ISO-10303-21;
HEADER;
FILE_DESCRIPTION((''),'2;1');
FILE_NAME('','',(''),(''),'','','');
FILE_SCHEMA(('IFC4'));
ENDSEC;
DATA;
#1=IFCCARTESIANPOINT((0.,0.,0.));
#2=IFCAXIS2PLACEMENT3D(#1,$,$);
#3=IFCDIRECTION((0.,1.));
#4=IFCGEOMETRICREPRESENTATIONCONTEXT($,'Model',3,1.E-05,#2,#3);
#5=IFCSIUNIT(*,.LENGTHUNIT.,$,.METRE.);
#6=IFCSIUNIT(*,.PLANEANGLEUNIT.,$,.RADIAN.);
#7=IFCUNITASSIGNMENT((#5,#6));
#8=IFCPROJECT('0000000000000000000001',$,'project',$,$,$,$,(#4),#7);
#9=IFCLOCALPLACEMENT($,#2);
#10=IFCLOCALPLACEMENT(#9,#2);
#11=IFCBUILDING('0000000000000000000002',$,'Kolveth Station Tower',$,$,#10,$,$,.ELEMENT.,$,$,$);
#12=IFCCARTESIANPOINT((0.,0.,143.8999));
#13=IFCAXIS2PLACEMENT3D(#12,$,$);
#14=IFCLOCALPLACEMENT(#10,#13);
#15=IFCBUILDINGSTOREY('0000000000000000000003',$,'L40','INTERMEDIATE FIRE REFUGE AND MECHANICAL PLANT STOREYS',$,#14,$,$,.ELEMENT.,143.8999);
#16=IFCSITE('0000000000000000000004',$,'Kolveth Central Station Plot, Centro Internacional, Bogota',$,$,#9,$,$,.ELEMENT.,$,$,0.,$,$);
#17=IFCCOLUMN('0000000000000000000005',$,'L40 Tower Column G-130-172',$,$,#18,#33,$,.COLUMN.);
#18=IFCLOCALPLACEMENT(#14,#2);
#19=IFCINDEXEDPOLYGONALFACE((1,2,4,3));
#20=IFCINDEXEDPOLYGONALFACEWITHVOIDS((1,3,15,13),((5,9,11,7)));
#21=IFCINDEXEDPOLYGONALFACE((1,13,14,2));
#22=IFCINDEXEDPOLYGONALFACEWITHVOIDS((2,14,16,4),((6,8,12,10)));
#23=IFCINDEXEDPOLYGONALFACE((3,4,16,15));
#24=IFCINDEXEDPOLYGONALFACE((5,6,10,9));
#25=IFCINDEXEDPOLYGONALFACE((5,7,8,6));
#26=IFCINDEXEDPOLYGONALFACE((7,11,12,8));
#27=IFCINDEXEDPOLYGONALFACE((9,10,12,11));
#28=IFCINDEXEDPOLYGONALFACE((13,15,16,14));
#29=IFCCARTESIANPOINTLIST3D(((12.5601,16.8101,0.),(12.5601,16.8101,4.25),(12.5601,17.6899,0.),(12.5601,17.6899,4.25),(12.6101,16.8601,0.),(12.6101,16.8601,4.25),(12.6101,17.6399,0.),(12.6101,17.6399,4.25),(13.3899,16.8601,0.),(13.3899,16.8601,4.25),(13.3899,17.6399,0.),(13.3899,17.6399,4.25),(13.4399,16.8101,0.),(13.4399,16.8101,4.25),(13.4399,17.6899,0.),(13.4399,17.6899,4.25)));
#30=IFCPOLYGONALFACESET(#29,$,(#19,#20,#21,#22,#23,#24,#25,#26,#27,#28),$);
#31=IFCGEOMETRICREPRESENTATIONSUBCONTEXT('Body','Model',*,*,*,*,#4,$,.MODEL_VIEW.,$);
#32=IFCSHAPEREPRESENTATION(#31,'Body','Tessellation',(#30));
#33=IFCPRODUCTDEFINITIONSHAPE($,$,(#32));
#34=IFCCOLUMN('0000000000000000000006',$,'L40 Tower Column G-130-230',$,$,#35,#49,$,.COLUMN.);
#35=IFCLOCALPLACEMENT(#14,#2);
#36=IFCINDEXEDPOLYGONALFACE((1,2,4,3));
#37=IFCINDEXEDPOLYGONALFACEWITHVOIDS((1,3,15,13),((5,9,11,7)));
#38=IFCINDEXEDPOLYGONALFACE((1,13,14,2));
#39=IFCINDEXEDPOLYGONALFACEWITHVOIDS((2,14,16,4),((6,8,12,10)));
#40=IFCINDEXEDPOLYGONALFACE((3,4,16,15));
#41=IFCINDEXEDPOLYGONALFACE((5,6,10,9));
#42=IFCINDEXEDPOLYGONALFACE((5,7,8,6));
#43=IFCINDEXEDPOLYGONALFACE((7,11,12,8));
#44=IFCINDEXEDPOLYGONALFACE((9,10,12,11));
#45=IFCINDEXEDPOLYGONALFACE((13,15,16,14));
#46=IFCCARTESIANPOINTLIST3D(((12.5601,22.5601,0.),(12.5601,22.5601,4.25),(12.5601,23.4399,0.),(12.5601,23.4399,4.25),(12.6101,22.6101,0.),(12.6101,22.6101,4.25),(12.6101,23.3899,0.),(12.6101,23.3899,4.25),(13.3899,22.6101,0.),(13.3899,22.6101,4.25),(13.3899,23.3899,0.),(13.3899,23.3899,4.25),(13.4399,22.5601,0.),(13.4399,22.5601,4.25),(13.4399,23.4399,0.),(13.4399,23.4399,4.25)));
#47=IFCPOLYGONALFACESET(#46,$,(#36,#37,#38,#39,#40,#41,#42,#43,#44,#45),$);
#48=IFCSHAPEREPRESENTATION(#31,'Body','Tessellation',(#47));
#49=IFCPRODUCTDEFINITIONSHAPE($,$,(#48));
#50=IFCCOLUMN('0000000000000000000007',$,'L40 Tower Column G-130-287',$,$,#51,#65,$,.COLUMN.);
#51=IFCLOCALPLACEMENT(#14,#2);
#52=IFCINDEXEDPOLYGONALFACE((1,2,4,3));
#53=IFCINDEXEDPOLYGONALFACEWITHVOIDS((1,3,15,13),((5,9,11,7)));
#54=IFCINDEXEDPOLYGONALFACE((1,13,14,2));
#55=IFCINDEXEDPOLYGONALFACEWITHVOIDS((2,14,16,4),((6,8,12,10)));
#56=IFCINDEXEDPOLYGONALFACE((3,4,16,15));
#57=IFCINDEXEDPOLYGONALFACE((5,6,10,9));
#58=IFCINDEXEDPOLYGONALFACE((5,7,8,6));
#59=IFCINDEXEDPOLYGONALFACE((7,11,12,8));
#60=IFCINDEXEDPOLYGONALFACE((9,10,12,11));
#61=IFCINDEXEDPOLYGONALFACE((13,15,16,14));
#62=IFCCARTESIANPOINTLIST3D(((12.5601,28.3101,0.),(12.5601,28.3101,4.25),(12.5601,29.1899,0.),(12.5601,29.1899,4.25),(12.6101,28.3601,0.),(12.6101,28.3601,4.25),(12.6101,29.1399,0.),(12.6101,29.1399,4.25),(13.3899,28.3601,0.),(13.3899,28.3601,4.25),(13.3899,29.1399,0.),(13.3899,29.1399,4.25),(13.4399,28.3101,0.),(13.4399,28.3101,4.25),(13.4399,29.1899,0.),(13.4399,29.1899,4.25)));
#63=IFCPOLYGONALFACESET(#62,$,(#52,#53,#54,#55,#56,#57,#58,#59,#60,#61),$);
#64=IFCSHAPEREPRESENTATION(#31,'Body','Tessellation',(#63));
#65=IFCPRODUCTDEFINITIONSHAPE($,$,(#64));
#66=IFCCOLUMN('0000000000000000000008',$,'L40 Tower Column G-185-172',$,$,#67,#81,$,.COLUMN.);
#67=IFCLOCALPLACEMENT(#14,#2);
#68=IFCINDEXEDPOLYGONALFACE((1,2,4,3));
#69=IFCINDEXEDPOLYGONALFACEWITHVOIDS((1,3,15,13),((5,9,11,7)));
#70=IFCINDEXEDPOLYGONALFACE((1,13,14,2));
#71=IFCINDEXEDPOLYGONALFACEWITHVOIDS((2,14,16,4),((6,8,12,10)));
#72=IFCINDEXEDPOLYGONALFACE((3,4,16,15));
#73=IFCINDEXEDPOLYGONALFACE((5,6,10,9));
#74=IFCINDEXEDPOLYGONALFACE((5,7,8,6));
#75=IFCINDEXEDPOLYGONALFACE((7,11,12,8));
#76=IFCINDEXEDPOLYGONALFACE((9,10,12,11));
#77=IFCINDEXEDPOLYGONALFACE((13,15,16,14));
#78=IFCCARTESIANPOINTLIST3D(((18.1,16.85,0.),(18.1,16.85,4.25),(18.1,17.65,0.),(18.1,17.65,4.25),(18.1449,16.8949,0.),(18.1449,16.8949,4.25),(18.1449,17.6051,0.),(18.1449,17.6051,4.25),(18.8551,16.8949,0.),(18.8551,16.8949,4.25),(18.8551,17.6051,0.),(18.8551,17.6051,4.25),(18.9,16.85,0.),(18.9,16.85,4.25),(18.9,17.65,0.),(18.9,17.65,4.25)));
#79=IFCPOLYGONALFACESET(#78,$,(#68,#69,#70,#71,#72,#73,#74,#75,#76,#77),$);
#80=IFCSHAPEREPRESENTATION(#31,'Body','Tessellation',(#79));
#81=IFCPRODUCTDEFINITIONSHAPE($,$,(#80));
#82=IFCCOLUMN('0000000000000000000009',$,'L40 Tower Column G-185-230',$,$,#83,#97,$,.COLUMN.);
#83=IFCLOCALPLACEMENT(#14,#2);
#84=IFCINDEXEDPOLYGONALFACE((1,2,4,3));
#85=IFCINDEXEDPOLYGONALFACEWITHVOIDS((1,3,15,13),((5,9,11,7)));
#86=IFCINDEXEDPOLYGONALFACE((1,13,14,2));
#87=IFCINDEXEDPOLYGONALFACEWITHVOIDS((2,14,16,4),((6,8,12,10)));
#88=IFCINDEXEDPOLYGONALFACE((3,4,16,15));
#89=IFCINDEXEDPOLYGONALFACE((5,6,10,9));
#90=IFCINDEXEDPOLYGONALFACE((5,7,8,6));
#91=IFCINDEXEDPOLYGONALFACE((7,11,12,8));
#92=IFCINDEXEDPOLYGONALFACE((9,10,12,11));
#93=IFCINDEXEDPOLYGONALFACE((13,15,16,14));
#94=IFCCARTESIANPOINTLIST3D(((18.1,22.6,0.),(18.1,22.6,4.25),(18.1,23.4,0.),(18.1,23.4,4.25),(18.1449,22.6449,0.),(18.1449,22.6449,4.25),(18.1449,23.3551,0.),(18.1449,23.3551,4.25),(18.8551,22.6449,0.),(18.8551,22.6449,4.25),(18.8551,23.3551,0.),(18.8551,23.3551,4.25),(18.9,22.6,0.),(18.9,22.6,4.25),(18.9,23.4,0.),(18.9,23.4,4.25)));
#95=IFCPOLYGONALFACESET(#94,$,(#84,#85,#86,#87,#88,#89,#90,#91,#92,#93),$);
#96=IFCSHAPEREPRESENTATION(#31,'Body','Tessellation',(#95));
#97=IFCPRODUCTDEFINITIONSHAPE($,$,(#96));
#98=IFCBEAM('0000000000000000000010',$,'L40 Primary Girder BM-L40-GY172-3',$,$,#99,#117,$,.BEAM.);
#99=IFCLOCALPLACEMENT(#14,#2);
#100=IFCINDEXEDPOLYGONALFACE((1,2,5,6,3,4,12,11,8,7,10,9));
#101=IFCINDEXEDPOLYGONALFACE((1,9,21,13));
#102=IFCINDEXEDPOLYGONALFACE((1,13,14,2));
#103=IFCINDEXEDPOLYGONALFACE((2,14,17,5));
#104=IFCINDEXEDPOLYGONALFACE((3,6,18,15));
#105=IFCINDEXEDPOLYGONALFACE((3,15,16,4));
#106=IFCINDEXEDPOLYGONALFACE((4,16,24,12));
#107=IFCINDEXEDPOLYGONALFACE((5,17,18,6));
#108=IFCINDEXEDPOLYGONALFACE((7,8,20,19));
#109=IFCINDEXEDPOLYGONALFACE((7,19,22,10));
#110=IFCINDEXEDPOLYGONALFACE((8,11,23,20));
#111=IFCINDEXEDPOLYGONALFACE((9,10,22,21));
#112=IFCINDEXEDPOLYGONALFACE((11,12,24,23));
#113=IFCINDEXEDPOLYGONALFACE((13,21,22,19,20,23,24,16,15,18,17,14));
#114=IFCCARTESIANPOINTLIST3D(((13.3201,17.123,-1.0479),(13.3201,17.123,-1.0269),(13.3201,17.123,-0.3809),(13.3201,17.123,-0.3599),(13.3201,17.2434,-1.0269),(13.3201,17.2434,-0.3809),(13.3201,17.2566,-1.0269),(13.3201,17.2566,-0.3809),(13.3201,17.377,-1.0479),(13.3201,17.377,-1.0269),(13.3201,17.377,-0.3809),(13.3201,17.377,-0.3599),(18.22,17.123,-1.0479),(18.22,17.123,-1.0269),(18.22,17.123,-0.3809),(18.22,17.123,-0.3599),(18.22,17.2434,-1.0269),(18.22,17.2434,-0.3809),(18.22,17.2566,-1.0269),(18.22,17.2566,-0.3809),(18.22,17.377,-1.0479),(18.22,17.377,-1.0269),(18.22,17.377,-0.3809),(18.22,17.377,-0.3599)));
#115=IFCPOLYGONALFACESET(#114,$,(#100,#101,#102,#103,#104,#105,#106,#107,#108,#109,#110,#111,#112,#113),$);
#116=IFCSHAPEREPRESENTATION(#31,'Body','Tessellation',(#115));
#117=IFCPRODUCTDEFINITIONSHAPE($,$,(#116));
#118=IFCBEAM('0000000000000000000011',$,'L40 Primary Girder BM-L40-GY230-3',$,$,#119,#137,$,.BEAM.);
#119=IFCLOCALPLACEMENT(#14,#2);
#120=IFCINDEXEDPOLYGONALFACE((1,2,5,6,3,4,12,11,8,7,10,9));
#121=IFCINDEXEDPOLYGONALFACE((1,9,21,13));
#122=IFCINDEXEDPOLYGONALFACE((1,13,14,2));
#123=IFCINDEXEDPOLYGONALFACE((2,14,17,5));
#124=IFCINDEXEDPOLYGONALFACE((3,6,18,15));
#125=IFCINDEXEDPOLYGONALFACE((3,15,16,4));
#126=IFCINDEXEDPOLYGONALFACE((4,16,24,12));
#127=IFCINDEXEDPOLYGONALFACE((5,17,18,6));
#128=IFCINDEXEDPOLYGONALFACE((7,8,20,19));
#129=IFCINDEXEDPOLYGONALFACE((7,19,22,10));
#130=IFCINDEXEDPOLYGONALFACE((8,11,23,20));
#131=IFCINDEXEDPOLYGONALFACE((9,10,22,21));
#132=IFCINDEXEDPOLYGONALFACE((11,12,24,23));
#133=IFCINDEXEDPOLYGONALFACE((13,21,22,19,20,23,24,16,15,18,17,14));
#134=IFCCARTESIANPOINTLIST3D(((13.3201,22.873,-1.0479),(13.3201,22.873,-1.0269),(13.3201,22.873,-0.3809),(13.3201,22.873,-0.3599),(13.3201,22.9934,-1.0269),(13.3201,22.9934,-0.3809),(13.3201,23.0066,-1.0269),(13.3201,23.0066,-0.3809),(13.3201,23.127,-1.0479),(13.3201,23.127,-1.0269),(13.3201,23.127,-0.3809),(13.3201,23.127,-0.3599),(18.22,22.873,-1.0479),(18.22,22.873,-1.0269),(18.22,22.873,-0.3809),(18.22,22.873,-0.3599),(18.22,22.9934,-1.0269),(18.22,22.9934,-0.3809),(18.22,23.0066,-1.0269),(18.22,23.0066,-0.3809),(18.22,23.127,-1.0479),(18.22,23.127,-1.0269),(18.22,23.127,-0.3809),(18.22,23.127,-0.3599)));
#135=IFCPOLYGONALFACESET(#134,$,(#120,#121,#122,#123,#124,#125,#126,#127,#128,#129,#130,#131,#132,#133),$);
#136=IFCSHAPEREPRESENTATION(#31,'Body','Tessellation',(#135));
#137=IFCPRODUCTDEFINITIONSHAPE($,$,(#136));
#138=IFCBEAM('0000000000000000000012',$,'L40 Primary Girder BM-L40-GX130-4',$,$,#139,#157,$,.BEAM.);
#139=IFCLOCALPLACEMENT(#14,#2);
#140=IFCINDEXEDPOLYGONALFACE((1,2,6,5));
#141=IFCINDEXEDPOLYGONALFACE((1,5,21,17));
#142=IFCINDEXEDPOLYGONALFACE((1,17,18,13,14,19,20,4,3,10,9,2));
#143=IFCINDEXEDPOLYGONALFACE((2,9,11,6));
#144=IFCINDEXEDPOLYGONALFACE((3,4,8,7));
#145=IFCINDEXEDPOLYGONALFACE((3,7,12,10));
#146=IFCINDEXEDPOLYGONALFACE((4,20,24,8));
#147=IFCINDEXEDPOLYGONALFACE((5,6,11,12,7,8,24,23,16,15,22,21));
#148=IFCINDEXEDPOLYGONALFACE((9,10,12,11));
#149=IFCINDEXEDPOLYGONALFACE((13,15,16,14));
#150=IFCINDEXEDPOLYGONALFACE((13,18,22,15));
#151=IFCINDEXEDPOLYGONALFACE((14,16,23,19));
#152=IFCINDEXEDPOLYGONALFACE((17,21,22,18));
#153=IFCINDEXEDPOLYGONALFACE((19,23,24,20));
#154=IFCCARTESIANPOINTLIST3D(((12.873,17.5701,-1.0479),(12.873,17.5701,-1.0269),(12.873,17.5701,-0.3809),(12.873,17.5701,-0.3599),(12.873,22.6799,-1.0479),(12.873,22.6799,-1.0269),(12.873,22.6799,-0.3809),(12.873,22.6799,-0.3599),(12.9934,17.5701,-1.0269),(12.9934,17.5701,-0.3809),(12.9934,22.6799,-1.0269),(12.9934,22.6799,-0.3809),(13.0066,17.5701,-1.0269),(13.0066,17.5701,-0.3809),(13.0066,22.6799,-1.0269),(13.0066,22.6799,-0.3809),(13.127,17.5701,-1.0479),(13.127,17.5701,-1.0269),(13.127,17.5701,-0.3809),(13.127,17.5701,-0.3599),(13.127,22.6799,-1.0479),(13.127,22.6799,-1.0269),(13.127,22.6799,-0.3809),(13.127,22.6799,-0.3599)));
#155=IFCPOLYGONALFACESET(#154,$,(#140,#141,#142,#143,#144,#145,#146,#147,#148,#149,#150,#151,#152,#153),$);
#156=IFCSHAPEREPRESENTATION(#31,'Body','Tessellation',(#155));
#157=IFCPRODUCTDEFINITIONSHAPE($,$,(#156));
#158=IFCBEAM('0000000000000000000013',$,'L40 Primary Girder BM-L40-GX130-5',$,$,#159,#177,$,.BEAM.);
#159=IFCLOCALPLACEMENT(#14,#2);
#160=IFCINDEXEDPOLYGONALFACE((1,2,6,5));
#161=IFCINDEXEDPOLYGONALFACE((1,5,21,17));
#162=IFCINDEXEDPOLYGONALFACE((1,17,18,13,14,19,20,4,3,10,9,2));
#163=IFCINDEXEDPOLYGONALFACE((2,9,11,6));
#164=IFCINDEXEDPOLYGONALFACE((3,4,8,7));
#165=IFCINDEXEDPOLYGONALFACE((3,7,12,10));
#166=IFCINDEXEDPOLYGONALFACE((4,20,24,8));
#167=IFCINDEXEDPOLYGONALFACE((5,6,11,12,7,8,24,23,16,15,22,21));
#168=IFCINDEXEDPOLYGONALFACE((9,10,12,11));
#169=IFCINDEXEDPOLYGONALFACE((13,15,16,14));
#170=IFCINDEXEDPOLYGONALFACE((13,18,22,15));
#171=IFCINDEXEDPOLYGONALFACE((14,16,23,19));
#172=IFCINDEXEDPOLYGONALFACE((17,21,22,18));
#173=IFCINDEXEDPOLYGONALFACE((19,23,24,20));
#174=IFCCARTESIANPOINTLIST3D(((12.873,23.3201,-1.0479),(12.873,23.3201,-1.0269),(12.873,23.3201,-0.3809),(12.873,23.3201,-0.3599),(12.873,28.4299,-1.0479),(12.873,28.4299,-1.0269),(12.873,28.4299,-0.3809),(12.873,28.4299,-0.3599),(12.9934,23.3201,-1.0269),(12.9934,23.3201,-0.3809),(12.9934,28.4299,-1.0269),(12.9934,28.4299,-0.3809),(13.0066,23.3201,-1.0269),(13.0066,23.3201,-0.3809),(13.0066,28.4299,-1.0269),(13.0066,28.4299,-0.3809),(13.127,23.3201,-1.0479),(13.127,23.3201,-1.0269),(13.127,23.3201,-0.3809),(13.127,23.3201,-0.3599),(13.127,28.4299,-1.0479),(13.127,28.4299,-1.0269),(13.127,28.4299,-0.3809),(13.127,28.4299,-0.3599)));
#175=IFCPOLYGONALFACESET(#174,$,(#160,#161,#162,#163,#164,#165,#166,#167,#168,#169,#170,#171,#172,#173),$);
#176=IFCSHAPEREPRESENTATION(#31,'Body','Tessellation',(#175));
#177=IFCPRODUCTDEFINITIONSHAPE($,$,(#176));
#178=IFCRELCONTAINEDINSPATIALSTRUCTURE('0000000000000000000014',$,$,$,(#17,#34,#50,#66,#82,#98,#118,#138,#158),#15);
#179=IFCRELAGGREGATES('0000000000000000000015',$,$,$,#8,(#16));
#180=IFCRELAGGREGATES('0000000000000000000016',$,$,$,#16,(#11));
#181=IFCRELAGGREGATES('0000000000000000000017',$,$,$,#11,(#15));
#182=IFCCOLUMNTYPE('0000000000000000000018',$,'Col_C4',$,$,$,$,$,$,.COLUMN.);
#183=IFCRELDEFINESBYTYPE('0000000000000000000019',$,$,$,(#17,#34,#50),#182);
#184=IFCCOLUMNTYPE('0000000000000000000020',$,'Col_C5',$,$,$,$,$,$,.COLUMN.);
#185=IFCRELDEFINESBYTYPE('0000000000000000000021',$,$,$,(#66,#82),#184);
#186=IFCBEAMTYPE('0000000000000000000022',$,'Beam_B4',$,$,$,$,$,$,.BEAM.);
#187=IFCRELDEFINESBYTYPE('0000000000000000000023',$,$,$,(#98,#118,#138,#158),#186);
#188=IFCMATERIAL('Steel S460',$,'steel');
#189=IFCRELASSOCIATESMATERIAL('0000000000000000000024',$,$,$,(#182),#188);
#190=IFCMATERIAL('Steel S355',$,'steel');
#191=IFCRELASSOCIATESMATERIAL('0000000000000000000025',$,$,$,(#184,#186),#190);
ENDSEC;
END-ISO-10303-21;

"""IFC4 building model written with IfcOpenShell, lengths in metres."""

from ifc_helpers import new_model, si_unit, direction, frame, origin, origin_2d, place, context, subcontext, project, spatial, hollow_rectangle, i_section, extrude, source, transform, mapped, material, material_profile, profile_set, type_object, element, save


model = new_model("IFC4")

# Units and contexts
model_context = context("Model", 3, precision=1e-05, world=origin(), true_north=direction((0.0, 1.0)))
body_context = subcontext(model_context, "Body", "Model", "MODEL_VIEW")
ifc_project = project(units=[si_unit("LENGTHUNIT", "METRE"), si_unit("PLANEANGLEUNIT", "RADIAN")], contexts=[model_context])

# Site, building, storey
site_placement = place(None, origin())
site = spatial("IfcSite", under=ifc_project, at=site_placement, Name="Kolveth Central Station Plot, Centro Internacional, Bogota", CompositionType="ELEMENT", RefElevation=0.0)
building_placement = place(site_placement, origin())
building = spatial("IfcBuilding", under=site, at=building_placement, Name="Kolveth Station Tower", CompositionType="ELEMENT")
storey_placement = place(building_placement, frame((0.0, 0.0, 143.8999)))
storey = spatial("IfcBuildingStorey", under=building, at=storey_placement, Name="L40", Description="INTERMEDIATE FIRE REFUGE AND MECHANICAL PLANT STOREYS", CompositionType="ELEMENT", Elevation=143.8999)

# Columns
ifc_material_1 = material(Name="Steel S460", Category="steel")
ifc_material_profile_1 = material_profile(ifc_material_1, hollow_rectangle(XDim=0.8799, YDim=0.8799, WallThickness=0.05, at=origin_2d()), Name="BOX880x880x50")
ifc_profile_set_1 = profile_set([ifc_material_profile_1], Name="Steel S460")
column_type_1 = type_object("IfcColumnType", Name="Col_C4", PredefinedType="COLUMN", material=ifc_profile_set_1)
shared_shape_1 = source(origin(), body_context, "Body", "SweptSolid", [
    extrude(hollow_rectangle(XDim=0.8799, YDim=0.8799, WallThickness=0.05, at=origin_2d()), origin(), (0.0, 0.0, 1.0), 4.25),
])
for number, where, z_axis, x_axis, name in (
    (1, (13.0, 17.25, 0.0), (0.0, 0.0, 1.0), (1.0, 0.0, 0.0), "L40 Tower Column G-130-172"),
    (2, (13.0, 23.0, 0.0), (0.0, 0.0, 1.0), (1.0, 0.0, 0.0), "L40 Tower Column G-130-230"),
    (3, (13.0, 28.75, 0.0), (0.0, 0.0, 1.0), (1.0, 0.0, 0.0), "L40 Tower Column G-130-287"),
):
    element("IfcColumn", number, at=place(storey_placement, frame(where, z_axis=z_axis, x_axis=x_axis)), inside=storey, type_object=column_type_1, Name=name, PredefinedType="COLUMN", context=body_context, shape_type="MappedRepresentation", body=[
        mapped(shared_shape_1, transform((0.0, 0.0, 0.0), x_axis=(1.0, 0.0, 0.0), y_axis=(0.0, 1.0, 0.0), z_axis=(0.0, 0.0, 1.0), scale=1.0)),
    ])
ifc_material_2 = material(Name="Steel S355", Category="steel")
ifc_material_profile_2 = material_profile(ifc_material_2, hollow_rectangle(XDim=0.8, YDim=0.8, WallThickness=0.0449, at=origin_2d()), Name="BOX800x800x45")
ifc_profile_set_2 = profile_set([ifc_material_profile_2], Name="Steel S355")
column_type_2 = type_object("IfcColumnType", Name="Col_C5", PredefinedType="COLUMN", material=ifc_profile_set_2)
shared_shape_2 = source(origin(), body_context, "Body", "SweptSolid", [
    extrude(hollow_rectangle(XDim=0.8, YDim=0.8, WallThickness=0.0449, at=origin_2d()), origin(), (0.0, 0.0, 1.0), 4.25),
])
for number, where, z_axis, x_axis, name in (
    (4, (18.5, 17.25, 0.0), (0.0, 0.0, 1.0), (1.0, 0.0, 0.0), "L40 Tower Column G-185-172"),
    (5, (18.5, 23.0, 0.0), (0.0, 0.0, 1.0), (1.0, 0.0, 0.0), "L40 Tower Column G-185-230"),
):
    element("IfcColumn", number, at=place(storey_placement, frame(where, z_axis=z_axis, x_axis=x_axis)), inside=storey, type_object=column_type_2, Name=name, PredefinedType="COLUMN", context=body_context, shape_type="MappedRepresentation", body=[
        mapped(shared_shape_2, transform((0.0, 0.0, 0.0), x_axis=(1.0, 0.0, 0.0), y_axis=(0.0, 1.0, 0.0), z_axis=(0.0, 0.0, 1.0), scale=1.0)),
    ])

# Beams
ifc_material_profile_3 = material_profile(ifc_material_2, i_section(OverallWidth=0.2539, OverallDepth=0.688, WebThickness=0.0132, FlangeThickness=0.021, at=origin_2d()), Name="W690x152")
ifc_profile_set_3 = profile_set([ifc_material_profile_3], Name="Steel S355")
beam_type_1 = type_object("IfcBeamType", Name="Beam_B4", PredefinedType="BEAM", material=ifc_profile_set_3)
shared_shape_3 = source(origin(), body_context, "Body", "SweptSolid", [
    extrude(i_section(OverallWidth=0.2539, OverallDepth=0.688, WebThickness=0.0132, FlangeThickness=0.021, at=origin_2d()), origin(), (0.0, 0.0, 1.0), 4.8999),
])
for number, where, z_axis, x_axis, name in (
    (6, (13.3201, 17.25, -0.7039), (1.0, 0.0, 0.0), (0.0, 1.0, 0.0), "L40 Primary Girder BM-L40-GY172-3"),
    (7, (13.3201, 23.0, -0.7039), (1.0, 0.0, 0.0), (0.0, 1.0, 0.0), "L40 Primary Girder BM-L40-GY230-3"),
):
    element("IfcBeam", number, at=place(storey_placement, frame(where, z_axis=z_axis, x_axis=x_axis)), inside=storey, type_object=beam_type_1, Name=name, PredefinedType="BEAM", context=body_context, shape_type="MappedRepresentation", body=[
        mapped(shared_shape_3, transform((0.0, 0.0, 0.0), x_axis=(1.0, 0.0, 0.0), y_axis=(0.0, 1.0, 0.0), z_axis=(0.0, 0.0, 1.0), scale=1.0)),
    ])
shared_shape_4 = source(origin(), body_context, "Body", "SweptSolid", [
    extrude(i_section(OverallWidth=0.2539, OverallDepth=0.688, WebThickness=0.0132, FlangeThickness=0.021, at=origin_2d()), origin(), (0.0, 0.0, 1.0), 5.1099),
])
for number, where, z_axis, x_axis, name in (
    (8, (13.0, 17.5701, -0.7039), (0.0, 1.0, 0.0), (-1.0, 0.0, 0.0), "L40 Primary Girder BM-L40-GX130-4"),
    (9, (13.0, 23.3201, -0.7039), (0.0, 1.0, 0.0), (-1.0, 0.0, 0.0), "L40 Primary Girder BM-L40-GX130-5"),
):
    element("IfcBeam", number, at=place(storey_placement, frame(where, z_axis=z_axis, x_axis=x_axis)), inside=storey, type_object=beam_type_1, Name=name, PredefinedType="BEAM", context=body_context, shape_type="MappedRepresentation", body=[
        mapped(shared_shape_4, transform((0.0, 0.0, 0.0), x_axis=(1.0, 0.0, 0.0), y_axis=(0.0, 1.0, 0.0), z_axis=(0.0, 0.0, 1.0), scale=1.0)),
    ])

save(model, "model.ifc")
